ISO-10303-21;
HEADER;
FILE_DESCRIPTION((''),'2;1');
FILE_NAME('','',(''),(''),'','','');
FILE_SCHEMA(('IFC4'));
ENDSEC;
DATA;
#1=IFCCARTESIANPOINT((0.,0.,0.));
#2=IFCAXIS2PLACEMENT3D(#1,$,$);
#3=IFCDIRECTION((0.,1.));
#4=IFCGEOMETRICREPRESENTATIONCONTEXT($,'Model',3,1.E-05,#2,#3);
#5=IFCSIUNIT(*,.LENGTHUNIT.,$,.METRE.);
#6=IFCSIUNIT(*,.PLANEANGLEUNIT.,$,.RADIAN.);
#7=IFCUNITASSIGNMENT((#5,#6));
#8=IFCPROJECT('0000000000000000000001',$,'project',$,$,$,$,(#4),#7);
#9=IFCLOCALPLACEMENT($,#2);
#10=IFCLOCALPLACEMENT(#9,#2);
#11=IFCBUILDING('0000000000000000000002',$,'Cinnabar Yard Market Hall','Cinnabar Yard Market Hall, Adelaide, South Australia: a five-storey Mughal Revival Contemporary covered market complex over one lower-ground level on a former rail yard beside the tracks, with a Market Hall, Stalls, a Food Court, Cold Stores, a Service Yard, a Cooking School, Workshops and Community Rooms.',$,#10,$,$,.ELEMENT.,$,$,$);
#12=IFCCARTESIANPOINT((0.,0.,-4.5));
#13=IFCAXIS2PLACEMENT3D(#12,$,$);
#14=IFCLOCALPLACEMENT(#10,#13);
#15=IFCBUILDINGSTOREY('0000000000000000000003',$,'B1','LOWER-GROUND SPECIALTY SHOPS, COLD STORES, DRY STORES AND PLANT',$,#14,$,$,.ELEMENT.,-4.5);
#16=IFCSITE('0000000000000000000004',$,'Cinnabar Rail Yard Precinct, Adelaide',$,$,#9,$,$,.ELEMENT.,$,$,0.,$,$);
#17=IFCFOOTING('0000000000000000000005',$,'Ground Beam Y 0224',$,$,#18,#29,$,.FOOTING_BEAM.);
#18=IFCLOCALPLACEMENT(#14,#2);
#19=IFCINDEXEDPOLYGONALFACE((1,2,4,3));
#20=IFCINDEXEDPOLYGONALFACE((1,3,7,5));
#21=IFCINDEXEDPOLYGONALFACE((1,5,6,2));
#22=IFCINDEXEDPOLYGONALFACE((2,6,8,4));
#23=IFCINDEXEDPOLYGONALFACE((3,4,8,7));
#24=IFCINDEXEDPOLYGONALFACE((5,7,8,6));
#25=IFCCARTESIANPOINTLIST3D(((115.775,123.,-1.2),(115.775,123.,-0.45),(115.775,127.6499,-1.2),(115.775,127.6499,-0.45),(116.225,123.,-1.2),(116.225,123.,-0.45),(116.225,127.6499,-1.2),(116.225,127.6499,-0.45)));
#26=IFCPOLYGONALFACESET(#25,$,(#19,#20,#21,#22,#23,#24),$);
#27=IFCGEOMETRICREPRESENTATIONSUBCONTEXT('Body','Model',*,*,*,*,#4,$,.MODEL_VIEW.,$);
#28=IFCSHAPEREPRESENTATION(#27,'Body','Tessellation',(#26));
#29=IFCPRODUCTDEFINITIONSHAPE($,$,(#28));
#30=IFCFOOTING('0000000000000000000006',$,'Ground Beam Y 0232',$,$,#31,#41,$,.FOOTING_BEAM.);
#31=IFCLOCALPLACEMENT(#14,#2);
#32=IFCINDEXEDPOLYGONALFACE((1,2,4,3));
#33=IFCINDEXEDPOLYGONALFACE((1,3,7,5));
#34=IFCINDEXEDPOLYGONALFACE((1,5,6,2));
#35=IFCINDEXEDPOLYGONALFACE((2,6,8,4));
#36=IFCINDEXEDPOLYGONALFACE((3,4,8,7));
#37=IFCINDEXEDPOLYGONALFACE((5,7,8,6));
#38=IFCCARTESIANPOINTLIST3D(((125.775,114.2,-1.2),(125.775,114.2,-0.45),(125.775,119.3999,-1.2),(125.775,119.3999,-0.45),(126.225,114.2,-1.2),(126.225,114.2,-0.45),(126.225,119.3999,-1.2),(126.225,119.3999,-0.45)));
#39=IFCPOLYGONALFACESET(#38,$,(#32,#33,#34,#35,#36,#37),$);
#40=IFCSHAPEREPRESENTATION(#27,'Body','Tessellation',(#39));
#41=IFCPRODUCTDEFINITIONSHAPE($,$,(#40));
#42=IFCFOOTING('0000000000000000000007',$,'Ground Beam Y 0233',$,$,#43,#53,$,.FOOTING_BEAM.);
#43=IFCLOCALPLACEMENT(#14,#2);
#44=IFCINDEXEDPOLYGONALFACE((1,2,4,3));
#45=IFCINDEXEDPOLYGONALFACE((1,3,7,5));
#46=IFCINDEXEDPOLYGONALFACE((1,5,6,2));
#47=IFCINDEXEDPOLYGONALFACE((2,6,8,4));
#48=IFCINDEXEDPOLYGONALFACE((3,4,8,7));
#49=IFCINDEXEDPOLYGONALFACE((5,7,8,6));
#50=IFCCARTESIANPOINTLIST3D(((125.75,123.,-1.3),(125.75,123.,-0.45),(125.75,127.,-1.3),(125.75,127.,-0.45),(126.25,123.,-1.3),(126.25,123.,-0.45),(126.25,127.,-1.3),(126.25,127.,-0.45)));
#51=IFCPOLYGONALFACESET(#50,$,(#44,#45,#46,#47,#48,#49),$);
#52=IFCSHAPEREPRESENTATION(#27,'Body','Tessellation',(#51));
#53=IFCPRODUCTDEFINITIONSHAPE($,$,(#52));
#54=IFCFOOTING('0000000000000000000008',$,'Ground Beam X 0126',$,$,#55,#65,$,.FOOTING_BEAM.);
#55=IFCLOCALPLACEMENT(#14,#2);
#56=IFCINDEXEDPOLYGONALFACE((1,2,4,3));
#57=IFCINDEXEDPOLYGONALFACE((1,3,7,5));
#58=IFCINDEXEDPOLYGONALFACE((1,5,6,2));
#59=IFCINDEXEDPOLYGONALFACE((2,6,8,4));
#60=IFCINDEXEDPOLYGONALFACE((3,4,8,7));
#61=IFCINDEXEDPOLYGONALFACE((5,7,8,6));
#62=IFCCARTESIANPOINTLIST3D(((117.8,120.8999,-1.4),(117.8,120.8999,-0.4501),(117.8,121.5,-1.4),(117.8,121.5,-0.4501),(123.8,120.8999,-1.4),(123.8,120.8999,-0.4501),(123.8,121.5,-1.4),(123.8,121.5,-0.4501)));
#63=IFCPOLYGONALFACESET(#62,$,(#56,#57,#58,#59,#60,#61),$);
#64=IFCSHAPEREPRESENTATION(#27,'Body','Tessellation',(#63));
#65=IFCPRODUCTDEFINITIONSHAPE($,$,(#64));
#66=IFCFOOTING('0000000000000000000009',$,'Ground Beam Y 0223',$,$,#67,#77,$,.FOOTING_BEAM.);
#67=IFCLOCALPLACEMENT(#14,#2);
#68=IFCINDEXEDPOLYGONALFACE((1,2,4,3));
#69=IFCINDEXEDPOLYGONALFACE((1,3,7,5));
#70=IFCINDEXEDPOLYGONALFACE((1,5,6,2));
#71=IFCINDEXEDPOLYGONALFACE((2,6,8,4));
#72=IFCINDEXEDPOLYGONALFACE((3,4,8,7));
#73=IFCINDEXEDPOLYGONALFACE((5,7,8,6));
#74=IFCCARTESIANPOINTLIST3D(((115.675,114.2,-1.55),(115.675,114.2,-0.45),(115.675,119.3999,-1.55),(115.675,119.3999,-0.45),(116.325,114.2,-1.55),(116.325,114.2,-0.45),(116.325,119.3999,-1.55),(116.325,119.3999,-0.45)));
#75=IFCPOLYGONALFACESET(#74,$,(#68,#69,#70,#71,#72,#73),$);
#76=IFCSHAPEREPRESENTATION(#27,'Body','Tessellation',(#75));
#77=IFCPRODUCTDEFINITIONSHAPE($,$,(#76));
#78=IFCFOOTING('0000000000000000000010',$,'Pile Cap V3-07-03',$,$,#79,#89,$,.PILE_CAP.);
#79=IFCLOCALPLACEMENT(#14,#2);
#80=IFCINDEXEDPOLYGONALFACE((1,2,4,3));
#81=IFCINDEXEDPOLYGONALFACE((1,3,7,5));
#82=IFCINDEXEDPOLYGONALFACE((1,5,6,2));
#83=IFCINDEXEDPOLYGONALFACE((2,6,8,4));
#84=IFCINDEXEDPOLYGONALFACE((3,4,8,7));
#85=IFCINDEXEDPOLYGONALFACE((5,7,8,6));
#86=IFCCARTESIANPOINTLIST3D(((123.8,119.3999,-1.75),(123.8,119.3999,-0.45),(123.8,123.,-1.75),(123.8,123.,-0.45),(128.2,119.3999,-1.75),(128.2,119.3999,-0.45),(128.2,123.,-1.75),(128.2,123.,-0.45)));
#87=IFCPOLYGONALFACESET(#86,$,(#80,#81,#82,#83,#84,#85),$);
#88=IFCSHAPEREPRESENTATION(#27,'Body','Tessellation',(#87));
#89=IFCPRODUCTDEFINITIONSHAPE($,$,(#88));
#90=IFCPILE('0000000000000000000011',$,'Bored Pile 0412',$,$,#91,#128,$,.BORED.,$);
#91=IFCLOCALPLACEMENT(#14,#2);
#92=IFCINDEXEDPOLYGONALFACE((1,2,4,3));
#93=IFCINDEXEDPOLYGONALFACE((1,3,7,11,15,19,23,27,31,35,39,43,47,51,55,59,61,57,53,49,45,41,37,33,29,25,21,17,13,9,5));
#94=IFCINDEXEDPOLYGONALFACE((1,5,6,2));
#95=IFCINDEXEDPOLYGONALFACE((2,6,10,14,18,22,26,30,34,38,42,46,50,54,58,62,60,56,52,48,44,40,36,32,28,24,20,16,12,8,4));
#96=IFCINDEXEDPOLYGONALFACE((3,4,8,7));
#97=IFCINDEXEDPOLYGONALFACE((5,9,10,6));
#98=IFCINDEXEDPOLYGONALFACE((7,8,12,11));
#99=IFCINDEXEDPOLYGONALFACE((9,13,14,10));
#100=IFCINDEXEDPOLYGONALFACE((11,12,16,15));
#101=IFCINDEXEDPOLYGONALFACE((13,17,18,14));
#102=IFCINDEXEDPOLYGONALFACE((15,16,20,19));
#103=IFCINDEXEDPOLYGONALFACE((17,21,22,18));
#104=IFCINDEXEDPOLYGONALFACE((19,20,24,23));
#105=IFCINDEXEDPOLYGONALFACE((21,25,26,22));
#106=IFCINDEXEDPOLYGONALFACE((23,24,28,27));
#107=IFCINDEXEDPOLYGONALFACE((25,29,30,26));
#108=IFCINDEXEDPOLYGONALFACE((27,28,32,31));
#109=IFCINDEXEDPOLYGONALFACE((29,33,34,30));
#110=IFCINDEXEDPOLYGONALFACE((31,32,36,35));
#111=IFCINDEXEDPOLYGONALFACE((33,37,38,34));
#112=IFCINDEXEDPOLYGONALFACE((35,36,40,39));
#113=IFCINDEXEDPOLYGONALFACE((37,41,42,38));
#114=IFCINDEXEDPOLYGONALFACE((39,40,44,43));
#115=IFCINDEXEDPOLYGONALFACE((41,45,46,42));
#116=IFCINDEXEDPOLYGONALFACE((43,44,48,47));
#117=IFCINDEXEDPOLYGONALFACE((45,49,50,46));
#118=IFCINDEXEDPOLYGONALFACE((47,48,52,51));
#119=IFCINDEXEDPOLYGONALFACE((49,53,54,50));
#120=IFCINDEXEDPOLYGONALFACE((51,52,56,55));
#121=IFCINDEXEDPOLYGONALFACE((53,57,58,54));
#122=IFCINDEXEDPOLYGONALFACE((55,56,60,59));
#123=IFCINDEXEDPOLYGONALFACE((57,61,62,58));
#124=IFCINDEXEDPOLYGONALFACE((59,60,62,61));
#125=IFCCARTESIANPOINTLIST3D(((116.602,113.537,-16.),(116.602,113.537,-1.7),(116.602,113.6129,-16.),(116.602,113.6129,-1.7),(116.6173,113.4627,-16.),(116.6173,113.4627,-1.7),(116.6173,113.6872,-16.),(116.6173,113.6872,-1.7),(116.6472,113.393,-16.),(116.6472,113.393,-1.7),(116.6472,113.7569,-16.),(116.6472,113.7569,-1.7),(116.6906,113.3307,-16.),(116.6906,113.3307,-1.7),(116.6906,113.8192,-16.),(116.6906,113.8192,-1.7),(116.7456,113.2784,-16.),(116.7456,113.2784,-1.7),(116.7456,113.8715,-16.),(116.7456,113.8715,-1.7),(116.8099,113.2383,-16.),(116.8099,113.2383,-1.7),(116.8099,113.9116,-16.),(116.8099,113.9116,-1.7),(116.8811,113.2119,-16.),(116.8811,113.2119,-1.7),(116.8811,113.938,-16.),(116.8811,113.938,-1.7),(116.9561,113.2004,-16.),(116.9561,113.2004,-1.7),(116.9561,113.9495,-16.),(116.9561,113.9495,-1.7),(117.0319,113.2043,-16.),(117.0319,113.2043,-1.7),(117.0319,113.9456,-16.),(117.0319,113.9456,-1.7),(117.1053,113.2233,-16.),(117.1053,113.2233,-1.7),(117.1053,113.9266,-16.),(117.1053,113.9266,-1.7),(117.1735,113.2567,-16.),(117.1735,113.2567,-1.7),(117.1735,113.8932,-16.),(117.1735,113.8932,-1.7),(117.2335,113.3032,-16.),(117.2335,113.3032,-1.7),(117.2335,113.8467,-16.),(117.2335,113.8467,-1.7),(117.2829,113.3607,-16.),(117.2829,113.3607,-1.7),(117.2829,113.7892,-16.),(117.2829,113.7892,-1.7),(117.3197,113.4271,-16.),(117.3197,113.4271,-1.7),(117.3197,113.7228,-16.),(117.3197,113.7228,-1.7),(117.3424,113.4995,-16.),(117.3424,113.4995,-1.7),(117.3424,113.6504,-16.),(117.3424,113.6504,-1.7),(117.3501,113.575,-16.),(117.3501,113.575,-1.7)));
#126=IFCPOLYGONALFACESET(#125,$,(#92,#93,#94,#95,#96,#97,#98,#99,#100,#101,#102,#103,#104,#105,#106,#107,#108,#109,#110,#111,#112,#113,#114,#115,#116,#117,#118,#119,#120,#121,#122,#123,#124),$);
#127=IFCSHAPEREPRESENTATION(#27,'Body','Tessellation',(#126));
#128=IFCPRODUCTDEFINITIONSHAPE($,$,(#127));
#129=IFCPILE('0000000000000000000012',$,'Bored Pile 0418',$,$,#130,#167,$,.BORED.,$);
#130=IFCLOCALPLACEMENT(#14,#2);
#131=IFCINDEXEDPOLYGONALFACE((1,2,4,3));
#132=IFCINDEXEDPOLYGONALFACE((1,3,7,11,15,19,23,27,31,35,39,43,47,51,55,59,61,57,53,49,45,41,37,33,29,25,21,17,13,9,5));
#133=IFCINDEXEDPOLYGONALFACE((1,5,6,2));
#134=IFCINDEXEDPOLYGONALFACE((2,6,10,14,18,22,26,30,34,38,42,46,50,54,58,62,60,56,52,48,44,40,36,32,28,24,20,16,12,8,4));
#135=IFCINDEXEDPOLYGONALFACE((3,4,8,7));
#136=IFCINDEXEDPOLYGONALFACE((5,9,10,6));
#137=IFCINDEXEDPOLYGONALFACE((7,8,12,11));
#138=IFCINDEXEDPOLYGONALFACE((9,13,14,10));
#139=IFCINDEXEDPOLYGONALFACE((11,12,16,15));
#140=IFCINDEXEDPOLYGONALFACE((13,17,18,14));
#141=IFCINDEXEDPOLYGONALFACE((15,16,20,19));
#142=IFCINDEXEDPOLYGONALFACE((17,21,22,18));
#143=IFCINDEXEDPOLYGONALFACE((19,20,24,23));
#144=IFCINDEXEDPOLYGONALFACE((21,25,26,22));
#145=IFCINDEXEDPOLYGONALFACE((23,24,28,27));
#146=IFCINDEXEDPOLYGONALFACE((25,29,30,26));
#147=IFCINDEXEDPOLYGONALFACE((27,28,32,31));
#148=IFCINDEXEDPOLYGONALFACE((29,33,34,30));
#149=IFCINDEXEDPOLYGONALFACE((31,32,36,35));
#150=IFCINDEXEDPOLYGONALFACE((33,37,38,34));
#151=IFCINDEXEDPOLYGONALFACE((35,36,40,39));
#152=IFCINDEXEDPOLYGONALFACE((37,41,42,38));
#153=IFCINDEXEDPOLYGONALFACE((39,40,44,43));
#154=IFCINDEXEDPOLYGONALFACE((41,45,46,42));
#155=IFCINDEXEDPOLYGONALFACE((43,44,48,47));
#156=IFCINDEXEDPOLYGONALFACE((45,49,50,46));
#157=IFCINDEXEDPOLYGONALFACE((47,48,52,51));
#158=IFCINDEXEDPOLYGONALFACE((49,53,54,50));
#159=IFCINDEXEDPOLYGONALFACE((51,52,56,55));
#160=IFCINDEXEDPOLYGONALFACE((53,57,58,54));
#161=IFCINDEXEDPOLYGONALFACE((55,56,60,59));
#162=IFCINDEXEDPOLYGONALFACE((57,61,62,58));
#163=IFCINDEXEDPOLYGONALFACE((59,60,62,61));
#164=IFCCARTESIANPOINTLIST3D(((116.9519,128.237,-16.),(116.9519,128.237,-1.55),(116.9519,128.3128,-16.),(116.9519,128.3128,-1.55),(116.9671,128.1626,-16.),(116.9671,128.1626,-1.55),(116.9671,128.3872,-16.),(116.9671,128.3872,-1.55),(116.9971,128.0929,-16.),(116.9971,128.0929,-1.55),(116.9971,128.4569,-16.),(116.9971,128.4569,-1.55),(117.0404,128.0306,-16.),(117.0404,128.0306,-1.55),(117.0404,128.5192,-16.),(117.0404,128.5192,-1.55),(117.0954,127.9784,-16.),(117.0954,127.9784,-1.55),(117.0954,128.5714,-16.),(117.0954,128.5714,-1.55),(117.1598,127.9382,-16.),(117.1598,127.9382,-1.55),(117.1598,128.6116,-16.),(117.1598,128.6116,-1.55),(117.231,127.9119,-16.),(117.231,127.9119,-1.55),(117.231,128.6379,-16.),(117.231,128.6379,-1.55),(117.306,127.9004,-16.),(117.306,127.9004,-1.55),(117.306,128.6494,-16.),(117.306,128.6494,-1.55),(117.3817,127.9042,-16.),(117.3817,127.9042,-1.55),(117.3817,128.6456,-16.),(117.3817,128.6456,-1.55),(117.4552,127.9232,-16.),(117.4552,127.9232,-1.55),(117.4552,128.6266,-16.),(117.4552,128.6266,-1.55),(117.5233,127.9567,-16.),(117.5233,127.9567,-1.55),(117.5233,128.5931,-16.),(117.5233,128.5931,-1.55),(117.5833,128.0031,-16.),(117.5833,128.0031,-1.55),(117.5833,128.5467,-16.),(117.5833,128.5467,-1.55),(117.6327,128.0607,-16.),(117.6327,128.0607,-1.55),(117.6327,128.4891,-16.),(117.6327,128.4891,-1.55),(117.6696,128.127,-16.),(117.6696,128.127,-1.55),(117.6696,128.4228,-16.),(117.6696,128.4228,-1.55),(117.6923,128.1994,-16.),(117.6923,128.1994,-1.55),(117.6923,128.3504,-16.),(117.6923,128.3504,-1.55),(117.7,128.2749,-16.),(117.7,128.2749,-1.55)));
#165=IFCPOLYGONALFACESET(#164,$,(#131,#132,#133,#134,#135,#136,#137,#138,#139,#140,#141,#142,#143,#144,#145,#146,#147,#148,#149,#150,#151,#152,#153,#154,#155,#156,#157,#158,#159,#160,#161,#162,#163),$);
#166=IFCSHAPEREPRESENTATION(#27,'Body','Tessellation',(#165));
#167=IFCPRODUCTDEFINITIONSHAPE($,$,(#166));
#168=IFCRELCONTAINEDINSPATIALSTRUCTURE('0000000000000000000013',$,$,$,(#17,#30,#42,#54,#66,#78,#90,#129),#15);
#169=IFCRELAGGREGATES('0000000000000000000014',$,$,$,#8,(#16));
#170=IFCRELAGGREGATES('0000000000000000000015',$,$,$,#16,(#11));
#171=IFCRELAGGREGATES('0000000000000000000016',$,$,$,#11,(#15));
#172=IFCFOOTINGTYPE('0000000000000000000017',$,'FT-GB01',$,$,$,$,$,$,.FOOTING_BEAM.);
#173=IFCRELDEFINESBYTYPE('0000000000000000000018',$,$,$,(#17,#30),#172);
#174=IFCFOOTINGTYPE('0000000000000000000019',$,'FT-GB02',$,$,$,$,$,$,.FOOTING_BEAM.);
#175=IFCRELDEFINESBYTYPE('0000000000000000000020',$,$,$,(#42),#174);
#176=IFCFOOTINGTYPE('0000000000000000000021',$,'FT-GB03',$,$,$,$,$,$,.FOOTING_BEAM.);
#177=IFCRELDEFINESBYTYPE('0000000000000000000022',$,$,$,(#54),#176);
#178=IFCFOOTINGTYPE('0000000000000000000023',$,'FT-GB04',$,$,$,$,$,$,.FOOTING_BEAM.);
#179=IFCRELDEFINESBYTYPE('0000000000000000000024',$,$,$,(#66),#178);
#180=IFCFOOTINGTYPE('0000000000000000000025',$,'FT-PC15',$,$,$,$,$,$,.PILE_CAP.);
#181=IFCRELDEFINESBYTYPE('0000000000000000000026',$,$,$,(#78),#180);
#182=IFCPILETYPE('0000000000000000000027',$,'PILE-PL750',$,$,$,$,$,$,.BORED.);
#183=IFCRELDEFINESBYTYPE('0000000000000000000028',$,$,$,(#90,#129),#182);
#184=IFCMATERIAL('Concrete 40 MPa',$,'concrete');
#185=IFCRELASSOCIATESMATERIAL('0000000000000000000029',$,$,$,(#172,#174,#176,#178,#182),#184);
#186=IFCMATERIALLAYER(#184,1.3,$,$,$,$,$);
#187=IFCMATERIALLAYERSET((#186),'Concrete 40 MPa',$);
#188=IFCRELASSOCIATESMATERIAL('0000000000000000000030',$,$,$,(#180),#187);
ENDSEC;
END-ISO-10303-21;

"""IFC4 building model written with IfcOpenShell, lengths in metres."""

from ifc_helpers import new_model, si_unit, direction, frame, origin, origin_2d_with_axis, place, context, subcontext, project, spatial, rectangle, circle, extrude, material, layer, layer_set, material_profile, profile_set, type_object, element, save


model = new_model("IFC4")

# Units and contexts
model_context = context("Model", 3, precision=1e-05, world=origin(), true_north=direction((0.0, 1.0)))
body_context = subcontext(model_context, "Body", "Model", "MODEL_VIEW")
ifc_project = project(units=[si_unit("LENGTHUNIT", "METRE"), si_unit("PLANEANGLEUNIT", "RADIAN")], contexts=[model_context])

# Site, building, storey
site_placement = place(None, origin())
site = spatial("IfcSite", under=ifc_project, at=site_placement, Name="Cinnabar Rail Yard Precinct, Adelaide", CompositionType="ELEMENT", RefElevation=0.0)
building_placement = place(site_placement, origin())
building = spatial("IfcBuilding", under=site, at=building_placement, Name="Cinnabar Yard Market Hall", Description="Cinnabar Yard Market Hall, Adelaide, South Australia: a five-storey Mughal Revival Contemporary covered market complex over one lower-ground level on a former rail yard beside the tracks, with a Market Hall, Stalls, a Food Court, Cold Stores, a Service Yard, a Cooking School, Workshops and Community Rooms.", CompositionType="ELEMENT")
storey_placement = place(building_placement, frame((0.0, 0.0, -4.5)))
storey = spatial("IfcBuildingStorey", under=building, at=storey_placement, Name="B1", Description="LOWER-GROUND SPECIALTY SHOPS, COLD STORES, DRY STORES AND PLANT", CompositionType="ELEMENT", Elevation=-4.5)

# Footings
ifc_material_1 = material(Name="Concrete 40 MPa", Category="concrete")
ifc_material_profile_1 = material_profile(ifc_material_1, rectangle(XDim=0.45, YDim=0.75, at=origin_2d_with_axis()), Name="GB-450x750")
ifc_profile_set_1 = profile_set([ifc_material_profile_1], Name="Concrete 40 MPa")
footing_type_1 = type_object("IfcFootingType", Name="FT-GB01", PredefinedType="FOOTING_BEAM", material=ifc_profile_set_1)
footing_1_placement = place(storey_placement, frame((116.0, 123.0, -0.825), z_axis=(0.0, 1.0, 0.0), x_axis=(-1.0, 0.0, 0.0)))
element("IfcFooting", 1, at=footing_1_placement, inside=storey, type_object=footing_type_1, Name="Ground Beam Y 0224", PredefinedType="FOOTING_BEAM", context=body_context, shape_type="SweptSolid", body=[
    extrude(rectangle(XDim=0.45, YDim=0.75, at=origin_2d_with_axis()), origin(), (0.0, 0.0, 1.0), 4.6499),
])
footing_2_placement = place(storey_placement, frame((126.0, 114.2, -0.825), z_axis=(0.0, 1.0, 0.0), x_axis=(-1.0, 0.0, 0.0)))
element("IfcFooting", 2, at=footing_2_placement, inside=storey, type_object=footing_type_1, Name="Ground Beam Y 0232", PredefinedType="FOOTING_BEAM", context=body_context, shape_type="SweptSolid", body=[
    extrude(rectangle(XDim=0.45, YDim=0.75, at=origin_2d_with_axis()), origin(), (0.0, 0.0, 1.0), 5.2),
])
ifc_material_profile_2 = material_profile(ifc_material_1, rectangle(XDim=0.5, YDim=0.8501, at=origin_2d_with_axis()), Name="GB-500x850")
ifc_profile_set_2 = profile_set([ifc_material_profile_2], Name="Concrete 40 MPa")
footing_type_2 = type_object("IfcFootingType", Name="FT-GB02", PredefinedType="FOOTING_BEAM", material=ifc_profile_set_2)
footing_3_placement = place(storey_placement, frame((126.0, 123.0, -0.875), z_axis=(0.0, 1.0, 0.0), x_axis=(-1.0, 0.0, 0.0)))
element("IfcFooting", 3, at=footing_3_placement, inside=storey, type_object=footing_type_2, Name="Ground Beam Y 0233", PredefinedType="FOOTING_BEAM", context=body_context, shape_type="SweptSolid", body=[
    extrude(rectangle(XDim=0.5, YDim=0.8501, at=origin_2d_with_axis()), origin(), (0.0, 0.0, 1.0), 4.0),
])
ifc_material_profile_3 = material_profile(ifc_material_1, rectangle(XDim=0.6001, YDim=0.95, at=origin_2d_with_axis()), Name="GB-600x950")
ifc_profile_set_3 = profile_set([ifc_material_profile_3], Name="Concrete 40 MPa")
footing_type_3 = type_object("IfcFootingType", Name="FT-GB03", PredefinedType="FOOTING_BEAM", material=ifc_profile_set_3)
footing_4_placement = place(storey_placement, frame((117.8, 121.2, -0.925), z_axis=(1.0, 0.0, 0.0), x_axis=(0.0, 1.0, 0.0)))
element("IfcFooting", 4, at=footing_4_placement, inside=storey, type_object=footing_type_3, Name="Ground Beam X 0126", PredefinedType="FOOTING_BEAM", context=body_context, shape_type="SweptSolid", body=[
    extrude(rectangle(XDim=0.6001, YDim=0.95, at=origin_2d_with_axis()), origin(), (0.0, 0.0, 1.0), 6.0),
])
ifc_material_profile_4 = material_profile(ifc_material_1, rectangle(XDim=0.6499, YDim=1.1001, at=origin_2d_with_axis()), Name="GB-650x1100")
ifc_profile_set_4 = profile_set([ifc_material_profile_4], Name="Concrete 40 MPa")
footing_type_4 = type_object("IfcFootingType", Name="FT-GB04", PredefinedType="FOOTING_BEAM", material=ifc_profile_set_4)
footing_5_placement = place(storey_placement, frame((116.0, 114.2, -1.0), z_axis=(0.0, 1.0, 0.0), x_axis=(-1.0, 0.0, 0.0)))
element("IfcFooting", 5, at=footing_5_placement, inside=storey, type_object=footing_type_4, Name="Ground Beam Y 0223", PredefinedType="FOOTING_BEAM", context=body_context, shape_type="SweptSolid", body=[
    extrude(rectangle(XDim=0.6499, YDim=1.1001, at=origin_2d_with_axis()), origin(), (0.0, 0.0, 1.0), 5.2),
])
ifc_layer_1 = layer(ifc_material_1, 1.3)
ifc_layer_set_1 = layer_set([ifc_layer_1], Name="Concrete 40 MPa")
footing_type_5 = type_object("IfcFootingType", Name="FT-PC15", PredefinedType="PILE_CAP", material=ifc_layer_set_1)
footing_6_placement = place(storey_placement, frame((126.0, 121.2, -1.75), z_axis=(0.0, 0.0, 1.0), x_axis=(1.0, 0.0, 0.0)))
element("IfcFooting", 6, at=footing_6_placement, inside=storey, type_object=footing_type_5, Name="Pile Cap V3-07-03", PredefinedType="PILE_CAP", context=body_context, shape_type="SweptSolid", body=[
    extrude(rectangle(XDim=4.3999, YDim=3.6001, at=origin_2d_with_axis()), origin(), (0.0, 0.0, 1.0), 1.3),
])

# Piles
ifc_material_profile_5 = material_profile(ifc_material_1, circle(Radius=0.375, at=origin_2d_with_axis()), Name="PILE-D750")
ifc_profile_set_5 = profile_set([ifc_material_profile_5], Name="Concrete 40 MPa")
pile_type_1 = type_object("IfcPileType", Name="PILE-PL750", PredefinedType="BORED", material=ifc_profile_set_5)
pile_1_placement = place(storey_placement, frame((116.9751, 113.575, -1.7), z_axis=(0.0, 0.0, -1.0), x_axis=(1.0, 0.0, 0.0)))
element("IfcPile", 7, at=pile_1_placement, inside=storey, type_object=pile_type_1, Name="Bored Pile 0412", PredefinedType="BORED", context=body_context, shape_type="SweptSolid", body=[
    extrude(circle(Radius=0.375, at=origin_2d_with_axis()), origin(), (0.0, 0.0, 1.0), 14.3),
])
pile_2_placement = place(storey_placement, frame((117.325, 128.2749, -1.55), z_axis=(0.0, 0.0, -1.0), x_axis=(1.0, 0.0, 0.0)))
element("IfcPile", 8, at=pile_2_placement, inside=storey, type_object=pile_type_1, Name="Bored Pile 0418", PredefinedType="BORED", context=body_context, shape_type="SweptSolid", body=[
    extrude(circle(Radius=0.375, at=origin_2d_with_axis()), origin(), (0.0, 0.0, 1.0), 14.45),
])

save(model, "model.ifc")
